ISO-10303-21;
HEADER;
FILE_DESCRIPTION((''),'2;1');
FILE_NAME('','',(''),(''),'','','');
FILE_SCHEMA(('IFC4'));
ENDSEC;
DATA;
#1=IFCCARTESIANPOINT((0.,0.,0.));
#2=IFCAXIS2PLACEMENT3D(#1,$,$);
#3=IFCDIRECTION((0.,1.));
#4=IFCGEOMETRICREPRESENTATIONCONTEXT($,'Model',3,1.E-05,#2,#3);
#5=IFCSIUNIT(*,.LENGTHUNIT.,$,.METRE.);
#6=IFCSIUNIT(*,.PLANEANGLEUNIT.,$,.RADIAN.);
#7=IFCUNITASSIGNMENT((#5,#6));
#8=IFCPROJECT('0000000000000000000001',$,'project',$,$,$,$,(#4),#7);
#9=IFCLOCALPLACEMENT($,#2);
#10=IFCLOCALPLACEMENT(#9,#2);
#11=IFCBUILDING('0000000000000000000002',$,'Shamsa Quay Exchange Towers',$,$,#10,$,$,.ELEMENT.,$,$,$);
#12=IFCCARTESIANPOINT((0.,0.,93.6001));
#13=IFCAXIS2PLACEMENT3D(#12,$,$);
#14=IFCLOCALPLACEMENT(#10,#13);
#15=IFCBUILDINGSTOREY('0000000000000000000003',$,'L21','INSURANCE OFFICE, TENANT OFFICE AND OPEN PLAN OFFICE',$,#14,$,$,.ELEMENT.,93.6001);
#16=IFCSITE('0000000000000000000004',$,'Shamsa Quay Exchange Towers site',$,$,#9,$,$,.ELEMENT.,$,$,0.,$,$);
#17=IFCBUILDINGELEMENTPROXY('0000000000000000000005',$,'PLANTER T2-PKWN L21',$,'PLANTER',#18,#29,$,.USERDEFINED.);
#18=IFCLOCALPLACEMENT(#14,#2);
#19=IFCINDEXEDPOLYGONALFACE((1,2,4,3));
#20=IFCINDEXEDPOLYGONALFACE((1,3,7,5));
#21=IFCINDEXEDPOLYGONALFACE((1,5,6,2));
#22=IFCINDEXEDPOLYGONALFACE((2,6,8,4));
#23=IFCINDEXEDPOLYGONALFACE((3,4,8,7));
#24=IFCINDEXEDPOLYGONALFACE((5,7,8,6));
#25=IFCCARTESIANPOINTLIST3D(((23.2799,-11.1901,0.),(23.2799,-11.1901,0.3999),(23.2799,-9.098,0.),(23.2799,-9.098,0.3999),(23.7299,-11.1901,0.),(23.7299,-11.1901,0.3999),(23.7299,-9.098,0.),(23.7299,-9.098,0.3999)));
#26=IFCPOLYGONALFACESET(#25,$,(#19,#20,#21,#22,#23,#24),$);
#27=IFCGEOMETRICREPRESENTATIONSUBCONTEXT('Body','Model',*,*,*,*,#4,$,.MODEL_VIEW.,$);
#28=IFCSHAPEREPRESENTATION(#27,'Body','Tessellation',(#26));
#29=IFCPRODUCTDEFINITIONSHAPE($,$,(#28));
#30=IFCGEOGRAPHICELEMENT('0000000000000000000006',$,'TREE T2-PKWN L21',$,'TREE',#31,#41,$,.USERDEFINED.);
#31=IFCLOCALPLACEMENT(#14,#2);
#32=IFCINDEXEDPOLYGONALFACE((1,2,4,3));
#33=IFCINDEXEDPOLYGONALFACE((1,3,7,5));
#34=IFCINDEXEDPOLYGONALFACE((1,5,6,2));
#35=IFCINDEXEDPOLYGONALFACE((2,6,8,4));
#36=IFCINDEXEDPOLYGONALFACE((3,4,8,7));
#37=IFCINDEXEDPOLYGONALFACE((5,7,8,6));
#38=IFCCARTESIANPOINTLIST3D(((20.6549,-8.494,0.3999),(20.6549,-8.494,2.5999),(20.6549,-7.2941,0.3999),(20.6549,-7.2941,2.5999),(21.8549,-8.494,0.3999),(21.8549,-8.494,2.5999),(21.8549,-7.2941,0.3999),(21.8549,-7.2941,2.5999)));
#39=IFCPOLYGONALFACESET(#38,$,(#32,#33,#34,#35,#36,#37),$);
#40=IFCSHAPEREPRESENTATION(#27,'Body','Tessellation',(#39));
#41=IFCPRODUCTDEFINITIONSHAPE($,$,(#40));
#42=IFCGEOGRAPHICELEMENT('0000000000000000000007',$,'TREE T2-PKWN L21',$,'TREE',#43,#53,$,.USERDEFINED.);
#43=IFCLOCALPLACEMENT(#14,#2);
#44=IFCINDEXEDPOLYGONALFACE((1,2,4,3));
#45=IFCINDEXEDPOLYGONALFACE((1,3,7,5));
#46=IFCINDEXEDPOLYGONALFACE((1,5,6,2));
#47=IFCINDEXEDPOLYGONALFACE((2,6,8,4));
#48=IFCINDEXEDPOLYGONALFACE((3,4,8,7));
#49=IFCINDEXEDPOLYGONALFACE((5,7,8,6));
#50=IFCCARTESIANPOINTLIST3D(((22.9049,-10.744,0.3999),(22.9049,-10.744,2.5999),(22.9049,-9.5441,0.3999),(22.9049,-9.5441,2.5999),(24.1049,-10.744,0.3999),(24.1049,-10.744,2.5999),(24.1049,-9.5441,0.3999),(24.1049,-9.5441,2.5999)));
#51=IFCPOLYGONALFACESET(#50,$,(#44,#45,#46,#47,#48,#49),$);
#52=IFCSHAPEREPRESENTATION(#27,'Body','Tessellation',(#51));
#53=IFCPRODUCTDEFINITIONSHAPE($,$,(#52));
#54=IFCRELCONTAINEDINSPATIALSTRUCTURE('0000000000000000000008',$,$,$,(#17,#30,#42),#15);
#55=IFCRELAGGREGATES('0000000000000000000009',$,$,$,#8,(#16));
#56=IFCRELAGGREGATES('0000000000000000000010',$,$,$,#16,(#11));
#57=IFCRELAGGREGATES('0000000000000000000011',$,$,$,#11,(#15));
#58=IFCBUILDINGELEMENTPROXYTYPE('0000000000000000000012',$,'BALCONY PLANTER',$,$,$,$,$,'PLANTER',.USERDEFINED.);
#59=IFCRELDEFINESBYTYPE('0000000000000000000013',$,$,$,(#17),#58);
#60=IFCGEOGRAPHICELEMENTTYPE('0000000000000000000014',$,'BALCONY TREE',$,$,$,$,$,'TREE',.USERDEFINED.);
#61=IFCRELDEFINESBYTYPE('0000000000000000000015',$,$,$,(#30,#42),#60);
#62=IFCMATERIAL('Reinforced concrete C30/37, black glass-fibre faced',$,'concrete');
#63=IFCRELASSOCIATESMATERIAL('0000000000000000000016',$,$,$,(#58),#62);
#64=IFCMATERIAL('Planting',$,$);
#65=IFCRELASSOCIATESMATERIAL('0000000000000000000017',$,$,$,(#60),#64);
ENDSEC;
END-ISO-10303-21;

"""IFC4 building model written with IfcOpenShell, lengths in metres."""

from ifc_helpers import new_model, si_unit, direction, frame, origin, origin_2d, place, context, subcontext, project, spatial, rectangle, extrude, material, type_object, element, save


model = new_model("IFC4")

# Units and contexts
model_context = context("Model", 3, precision=1e-05, world=origin(), true_north=direction((0.0, 1.0)))
body_context = subcontext(model_context, "Body", "Model", "MODEL_VIEW")
ifc_project = project(units=[si_unit("LENGTHUNIT", "METRE"), si_unit("PLANEANGLEUNIT", "RADIAN")], contexts=[model_context])

# Site, building, storey
site_placement = place(None, origin())
site = spatial("IfcSite", under=ifc_project, at=site_placement, Name="Shamsa Quay Exchange Towers site", CompositionType="ELEMENT", RefElevation=0.0)
building_placement = place(site_placement, origin())
building = spatial("IfcBuilding", under=site, at=building_placement, Name="Shamsa Quay Exchange Towers", CompositionType="ELEMENT")
storey_placement = place(building_placement, frame((0.0, 0.0, 93.6001)))
storey = spatial("IfcBuildingStorey", under=building, at=storey_placement, Name="L21", Description="INSURANCE OFFICE, TENANT OFFICE AND OPEN PLAN OFFICE", CompositionType="ELEMENT", Elevation=93.6001)

# Building element proxy
ifc_material_1 = material(Name="Reinforced concrete C30/37, black glass-fibre faced", Category="concrete")
building_element_proxy_type = type_object("IfcBuildingElementProxyType", Name="BALCONY PLANTER", ElementType="PLANTER", PredefinedType="USERDEFINED", material=ifc_material_1)
for number, where, z_axis, x_axis, name in (
    (1, (23.5049, -10.144, 0.0), (0.0, 0.0, 1.0), (0.0, -1.0, 0.0), "PLANTER T2-PKWN L21"),
):
    element("IfcBuildingElementProxy", number, at=place(storey_placement, frame(where, z_axis=z_axis, x_axis=x_axis)), inside=storey, type_object=building_element_proxy_type, Name=name, ObjectType="PLANTER", PredefinedType="USERDEFINED", context=body_context, shape_type="SweptSolid", body=[
        extrude(rectangle(XDim=2.092, YDim=0.45, at=origin_2d()), origin(), (0.0, 0.0, 1.0), 0.3999),
    ])

# Geographic elements
ifc_material_2 = material(Name="Planting")
geographic_element_type = type_object("IfcGeographicElementType", Name="BALCONY TREE", ElementType="TREE", PredefinedType="USERDEFINED", material=ifc_material_2)
for number, where, z_axis, x_axis, name in (
    (2, (21.2549, -7.894, 0.3999), (0.0, 0.0, 1.0), (0.0, -1.0, 0.0), "TREE T2-PKWN L21"),
    (3, (23.5049, -10.144, 0.3999), (0.0, 0.0, 1.0), (0.0, -1.0, 0.0), "TREE T2-PKWN L21"),
):
    element("IfcGeographicElement", number, at=place(storey_placement, frame(where, z_axis=z_axis, x_axis=x_axis)), inside=storey, type_object=geographic_element_type, Name=name, ObjectType="TREE", PredefinedType="USERDEFINED", context=body_context, shape_type="SweptSolid", body=[
        extrude(rectangle(XDim=1.2, YDim=1.2, at=origin_2d()), origin(), (0.0, 0.0, 1.0), 2.2),
    ])

save(model, "model.ifc")
